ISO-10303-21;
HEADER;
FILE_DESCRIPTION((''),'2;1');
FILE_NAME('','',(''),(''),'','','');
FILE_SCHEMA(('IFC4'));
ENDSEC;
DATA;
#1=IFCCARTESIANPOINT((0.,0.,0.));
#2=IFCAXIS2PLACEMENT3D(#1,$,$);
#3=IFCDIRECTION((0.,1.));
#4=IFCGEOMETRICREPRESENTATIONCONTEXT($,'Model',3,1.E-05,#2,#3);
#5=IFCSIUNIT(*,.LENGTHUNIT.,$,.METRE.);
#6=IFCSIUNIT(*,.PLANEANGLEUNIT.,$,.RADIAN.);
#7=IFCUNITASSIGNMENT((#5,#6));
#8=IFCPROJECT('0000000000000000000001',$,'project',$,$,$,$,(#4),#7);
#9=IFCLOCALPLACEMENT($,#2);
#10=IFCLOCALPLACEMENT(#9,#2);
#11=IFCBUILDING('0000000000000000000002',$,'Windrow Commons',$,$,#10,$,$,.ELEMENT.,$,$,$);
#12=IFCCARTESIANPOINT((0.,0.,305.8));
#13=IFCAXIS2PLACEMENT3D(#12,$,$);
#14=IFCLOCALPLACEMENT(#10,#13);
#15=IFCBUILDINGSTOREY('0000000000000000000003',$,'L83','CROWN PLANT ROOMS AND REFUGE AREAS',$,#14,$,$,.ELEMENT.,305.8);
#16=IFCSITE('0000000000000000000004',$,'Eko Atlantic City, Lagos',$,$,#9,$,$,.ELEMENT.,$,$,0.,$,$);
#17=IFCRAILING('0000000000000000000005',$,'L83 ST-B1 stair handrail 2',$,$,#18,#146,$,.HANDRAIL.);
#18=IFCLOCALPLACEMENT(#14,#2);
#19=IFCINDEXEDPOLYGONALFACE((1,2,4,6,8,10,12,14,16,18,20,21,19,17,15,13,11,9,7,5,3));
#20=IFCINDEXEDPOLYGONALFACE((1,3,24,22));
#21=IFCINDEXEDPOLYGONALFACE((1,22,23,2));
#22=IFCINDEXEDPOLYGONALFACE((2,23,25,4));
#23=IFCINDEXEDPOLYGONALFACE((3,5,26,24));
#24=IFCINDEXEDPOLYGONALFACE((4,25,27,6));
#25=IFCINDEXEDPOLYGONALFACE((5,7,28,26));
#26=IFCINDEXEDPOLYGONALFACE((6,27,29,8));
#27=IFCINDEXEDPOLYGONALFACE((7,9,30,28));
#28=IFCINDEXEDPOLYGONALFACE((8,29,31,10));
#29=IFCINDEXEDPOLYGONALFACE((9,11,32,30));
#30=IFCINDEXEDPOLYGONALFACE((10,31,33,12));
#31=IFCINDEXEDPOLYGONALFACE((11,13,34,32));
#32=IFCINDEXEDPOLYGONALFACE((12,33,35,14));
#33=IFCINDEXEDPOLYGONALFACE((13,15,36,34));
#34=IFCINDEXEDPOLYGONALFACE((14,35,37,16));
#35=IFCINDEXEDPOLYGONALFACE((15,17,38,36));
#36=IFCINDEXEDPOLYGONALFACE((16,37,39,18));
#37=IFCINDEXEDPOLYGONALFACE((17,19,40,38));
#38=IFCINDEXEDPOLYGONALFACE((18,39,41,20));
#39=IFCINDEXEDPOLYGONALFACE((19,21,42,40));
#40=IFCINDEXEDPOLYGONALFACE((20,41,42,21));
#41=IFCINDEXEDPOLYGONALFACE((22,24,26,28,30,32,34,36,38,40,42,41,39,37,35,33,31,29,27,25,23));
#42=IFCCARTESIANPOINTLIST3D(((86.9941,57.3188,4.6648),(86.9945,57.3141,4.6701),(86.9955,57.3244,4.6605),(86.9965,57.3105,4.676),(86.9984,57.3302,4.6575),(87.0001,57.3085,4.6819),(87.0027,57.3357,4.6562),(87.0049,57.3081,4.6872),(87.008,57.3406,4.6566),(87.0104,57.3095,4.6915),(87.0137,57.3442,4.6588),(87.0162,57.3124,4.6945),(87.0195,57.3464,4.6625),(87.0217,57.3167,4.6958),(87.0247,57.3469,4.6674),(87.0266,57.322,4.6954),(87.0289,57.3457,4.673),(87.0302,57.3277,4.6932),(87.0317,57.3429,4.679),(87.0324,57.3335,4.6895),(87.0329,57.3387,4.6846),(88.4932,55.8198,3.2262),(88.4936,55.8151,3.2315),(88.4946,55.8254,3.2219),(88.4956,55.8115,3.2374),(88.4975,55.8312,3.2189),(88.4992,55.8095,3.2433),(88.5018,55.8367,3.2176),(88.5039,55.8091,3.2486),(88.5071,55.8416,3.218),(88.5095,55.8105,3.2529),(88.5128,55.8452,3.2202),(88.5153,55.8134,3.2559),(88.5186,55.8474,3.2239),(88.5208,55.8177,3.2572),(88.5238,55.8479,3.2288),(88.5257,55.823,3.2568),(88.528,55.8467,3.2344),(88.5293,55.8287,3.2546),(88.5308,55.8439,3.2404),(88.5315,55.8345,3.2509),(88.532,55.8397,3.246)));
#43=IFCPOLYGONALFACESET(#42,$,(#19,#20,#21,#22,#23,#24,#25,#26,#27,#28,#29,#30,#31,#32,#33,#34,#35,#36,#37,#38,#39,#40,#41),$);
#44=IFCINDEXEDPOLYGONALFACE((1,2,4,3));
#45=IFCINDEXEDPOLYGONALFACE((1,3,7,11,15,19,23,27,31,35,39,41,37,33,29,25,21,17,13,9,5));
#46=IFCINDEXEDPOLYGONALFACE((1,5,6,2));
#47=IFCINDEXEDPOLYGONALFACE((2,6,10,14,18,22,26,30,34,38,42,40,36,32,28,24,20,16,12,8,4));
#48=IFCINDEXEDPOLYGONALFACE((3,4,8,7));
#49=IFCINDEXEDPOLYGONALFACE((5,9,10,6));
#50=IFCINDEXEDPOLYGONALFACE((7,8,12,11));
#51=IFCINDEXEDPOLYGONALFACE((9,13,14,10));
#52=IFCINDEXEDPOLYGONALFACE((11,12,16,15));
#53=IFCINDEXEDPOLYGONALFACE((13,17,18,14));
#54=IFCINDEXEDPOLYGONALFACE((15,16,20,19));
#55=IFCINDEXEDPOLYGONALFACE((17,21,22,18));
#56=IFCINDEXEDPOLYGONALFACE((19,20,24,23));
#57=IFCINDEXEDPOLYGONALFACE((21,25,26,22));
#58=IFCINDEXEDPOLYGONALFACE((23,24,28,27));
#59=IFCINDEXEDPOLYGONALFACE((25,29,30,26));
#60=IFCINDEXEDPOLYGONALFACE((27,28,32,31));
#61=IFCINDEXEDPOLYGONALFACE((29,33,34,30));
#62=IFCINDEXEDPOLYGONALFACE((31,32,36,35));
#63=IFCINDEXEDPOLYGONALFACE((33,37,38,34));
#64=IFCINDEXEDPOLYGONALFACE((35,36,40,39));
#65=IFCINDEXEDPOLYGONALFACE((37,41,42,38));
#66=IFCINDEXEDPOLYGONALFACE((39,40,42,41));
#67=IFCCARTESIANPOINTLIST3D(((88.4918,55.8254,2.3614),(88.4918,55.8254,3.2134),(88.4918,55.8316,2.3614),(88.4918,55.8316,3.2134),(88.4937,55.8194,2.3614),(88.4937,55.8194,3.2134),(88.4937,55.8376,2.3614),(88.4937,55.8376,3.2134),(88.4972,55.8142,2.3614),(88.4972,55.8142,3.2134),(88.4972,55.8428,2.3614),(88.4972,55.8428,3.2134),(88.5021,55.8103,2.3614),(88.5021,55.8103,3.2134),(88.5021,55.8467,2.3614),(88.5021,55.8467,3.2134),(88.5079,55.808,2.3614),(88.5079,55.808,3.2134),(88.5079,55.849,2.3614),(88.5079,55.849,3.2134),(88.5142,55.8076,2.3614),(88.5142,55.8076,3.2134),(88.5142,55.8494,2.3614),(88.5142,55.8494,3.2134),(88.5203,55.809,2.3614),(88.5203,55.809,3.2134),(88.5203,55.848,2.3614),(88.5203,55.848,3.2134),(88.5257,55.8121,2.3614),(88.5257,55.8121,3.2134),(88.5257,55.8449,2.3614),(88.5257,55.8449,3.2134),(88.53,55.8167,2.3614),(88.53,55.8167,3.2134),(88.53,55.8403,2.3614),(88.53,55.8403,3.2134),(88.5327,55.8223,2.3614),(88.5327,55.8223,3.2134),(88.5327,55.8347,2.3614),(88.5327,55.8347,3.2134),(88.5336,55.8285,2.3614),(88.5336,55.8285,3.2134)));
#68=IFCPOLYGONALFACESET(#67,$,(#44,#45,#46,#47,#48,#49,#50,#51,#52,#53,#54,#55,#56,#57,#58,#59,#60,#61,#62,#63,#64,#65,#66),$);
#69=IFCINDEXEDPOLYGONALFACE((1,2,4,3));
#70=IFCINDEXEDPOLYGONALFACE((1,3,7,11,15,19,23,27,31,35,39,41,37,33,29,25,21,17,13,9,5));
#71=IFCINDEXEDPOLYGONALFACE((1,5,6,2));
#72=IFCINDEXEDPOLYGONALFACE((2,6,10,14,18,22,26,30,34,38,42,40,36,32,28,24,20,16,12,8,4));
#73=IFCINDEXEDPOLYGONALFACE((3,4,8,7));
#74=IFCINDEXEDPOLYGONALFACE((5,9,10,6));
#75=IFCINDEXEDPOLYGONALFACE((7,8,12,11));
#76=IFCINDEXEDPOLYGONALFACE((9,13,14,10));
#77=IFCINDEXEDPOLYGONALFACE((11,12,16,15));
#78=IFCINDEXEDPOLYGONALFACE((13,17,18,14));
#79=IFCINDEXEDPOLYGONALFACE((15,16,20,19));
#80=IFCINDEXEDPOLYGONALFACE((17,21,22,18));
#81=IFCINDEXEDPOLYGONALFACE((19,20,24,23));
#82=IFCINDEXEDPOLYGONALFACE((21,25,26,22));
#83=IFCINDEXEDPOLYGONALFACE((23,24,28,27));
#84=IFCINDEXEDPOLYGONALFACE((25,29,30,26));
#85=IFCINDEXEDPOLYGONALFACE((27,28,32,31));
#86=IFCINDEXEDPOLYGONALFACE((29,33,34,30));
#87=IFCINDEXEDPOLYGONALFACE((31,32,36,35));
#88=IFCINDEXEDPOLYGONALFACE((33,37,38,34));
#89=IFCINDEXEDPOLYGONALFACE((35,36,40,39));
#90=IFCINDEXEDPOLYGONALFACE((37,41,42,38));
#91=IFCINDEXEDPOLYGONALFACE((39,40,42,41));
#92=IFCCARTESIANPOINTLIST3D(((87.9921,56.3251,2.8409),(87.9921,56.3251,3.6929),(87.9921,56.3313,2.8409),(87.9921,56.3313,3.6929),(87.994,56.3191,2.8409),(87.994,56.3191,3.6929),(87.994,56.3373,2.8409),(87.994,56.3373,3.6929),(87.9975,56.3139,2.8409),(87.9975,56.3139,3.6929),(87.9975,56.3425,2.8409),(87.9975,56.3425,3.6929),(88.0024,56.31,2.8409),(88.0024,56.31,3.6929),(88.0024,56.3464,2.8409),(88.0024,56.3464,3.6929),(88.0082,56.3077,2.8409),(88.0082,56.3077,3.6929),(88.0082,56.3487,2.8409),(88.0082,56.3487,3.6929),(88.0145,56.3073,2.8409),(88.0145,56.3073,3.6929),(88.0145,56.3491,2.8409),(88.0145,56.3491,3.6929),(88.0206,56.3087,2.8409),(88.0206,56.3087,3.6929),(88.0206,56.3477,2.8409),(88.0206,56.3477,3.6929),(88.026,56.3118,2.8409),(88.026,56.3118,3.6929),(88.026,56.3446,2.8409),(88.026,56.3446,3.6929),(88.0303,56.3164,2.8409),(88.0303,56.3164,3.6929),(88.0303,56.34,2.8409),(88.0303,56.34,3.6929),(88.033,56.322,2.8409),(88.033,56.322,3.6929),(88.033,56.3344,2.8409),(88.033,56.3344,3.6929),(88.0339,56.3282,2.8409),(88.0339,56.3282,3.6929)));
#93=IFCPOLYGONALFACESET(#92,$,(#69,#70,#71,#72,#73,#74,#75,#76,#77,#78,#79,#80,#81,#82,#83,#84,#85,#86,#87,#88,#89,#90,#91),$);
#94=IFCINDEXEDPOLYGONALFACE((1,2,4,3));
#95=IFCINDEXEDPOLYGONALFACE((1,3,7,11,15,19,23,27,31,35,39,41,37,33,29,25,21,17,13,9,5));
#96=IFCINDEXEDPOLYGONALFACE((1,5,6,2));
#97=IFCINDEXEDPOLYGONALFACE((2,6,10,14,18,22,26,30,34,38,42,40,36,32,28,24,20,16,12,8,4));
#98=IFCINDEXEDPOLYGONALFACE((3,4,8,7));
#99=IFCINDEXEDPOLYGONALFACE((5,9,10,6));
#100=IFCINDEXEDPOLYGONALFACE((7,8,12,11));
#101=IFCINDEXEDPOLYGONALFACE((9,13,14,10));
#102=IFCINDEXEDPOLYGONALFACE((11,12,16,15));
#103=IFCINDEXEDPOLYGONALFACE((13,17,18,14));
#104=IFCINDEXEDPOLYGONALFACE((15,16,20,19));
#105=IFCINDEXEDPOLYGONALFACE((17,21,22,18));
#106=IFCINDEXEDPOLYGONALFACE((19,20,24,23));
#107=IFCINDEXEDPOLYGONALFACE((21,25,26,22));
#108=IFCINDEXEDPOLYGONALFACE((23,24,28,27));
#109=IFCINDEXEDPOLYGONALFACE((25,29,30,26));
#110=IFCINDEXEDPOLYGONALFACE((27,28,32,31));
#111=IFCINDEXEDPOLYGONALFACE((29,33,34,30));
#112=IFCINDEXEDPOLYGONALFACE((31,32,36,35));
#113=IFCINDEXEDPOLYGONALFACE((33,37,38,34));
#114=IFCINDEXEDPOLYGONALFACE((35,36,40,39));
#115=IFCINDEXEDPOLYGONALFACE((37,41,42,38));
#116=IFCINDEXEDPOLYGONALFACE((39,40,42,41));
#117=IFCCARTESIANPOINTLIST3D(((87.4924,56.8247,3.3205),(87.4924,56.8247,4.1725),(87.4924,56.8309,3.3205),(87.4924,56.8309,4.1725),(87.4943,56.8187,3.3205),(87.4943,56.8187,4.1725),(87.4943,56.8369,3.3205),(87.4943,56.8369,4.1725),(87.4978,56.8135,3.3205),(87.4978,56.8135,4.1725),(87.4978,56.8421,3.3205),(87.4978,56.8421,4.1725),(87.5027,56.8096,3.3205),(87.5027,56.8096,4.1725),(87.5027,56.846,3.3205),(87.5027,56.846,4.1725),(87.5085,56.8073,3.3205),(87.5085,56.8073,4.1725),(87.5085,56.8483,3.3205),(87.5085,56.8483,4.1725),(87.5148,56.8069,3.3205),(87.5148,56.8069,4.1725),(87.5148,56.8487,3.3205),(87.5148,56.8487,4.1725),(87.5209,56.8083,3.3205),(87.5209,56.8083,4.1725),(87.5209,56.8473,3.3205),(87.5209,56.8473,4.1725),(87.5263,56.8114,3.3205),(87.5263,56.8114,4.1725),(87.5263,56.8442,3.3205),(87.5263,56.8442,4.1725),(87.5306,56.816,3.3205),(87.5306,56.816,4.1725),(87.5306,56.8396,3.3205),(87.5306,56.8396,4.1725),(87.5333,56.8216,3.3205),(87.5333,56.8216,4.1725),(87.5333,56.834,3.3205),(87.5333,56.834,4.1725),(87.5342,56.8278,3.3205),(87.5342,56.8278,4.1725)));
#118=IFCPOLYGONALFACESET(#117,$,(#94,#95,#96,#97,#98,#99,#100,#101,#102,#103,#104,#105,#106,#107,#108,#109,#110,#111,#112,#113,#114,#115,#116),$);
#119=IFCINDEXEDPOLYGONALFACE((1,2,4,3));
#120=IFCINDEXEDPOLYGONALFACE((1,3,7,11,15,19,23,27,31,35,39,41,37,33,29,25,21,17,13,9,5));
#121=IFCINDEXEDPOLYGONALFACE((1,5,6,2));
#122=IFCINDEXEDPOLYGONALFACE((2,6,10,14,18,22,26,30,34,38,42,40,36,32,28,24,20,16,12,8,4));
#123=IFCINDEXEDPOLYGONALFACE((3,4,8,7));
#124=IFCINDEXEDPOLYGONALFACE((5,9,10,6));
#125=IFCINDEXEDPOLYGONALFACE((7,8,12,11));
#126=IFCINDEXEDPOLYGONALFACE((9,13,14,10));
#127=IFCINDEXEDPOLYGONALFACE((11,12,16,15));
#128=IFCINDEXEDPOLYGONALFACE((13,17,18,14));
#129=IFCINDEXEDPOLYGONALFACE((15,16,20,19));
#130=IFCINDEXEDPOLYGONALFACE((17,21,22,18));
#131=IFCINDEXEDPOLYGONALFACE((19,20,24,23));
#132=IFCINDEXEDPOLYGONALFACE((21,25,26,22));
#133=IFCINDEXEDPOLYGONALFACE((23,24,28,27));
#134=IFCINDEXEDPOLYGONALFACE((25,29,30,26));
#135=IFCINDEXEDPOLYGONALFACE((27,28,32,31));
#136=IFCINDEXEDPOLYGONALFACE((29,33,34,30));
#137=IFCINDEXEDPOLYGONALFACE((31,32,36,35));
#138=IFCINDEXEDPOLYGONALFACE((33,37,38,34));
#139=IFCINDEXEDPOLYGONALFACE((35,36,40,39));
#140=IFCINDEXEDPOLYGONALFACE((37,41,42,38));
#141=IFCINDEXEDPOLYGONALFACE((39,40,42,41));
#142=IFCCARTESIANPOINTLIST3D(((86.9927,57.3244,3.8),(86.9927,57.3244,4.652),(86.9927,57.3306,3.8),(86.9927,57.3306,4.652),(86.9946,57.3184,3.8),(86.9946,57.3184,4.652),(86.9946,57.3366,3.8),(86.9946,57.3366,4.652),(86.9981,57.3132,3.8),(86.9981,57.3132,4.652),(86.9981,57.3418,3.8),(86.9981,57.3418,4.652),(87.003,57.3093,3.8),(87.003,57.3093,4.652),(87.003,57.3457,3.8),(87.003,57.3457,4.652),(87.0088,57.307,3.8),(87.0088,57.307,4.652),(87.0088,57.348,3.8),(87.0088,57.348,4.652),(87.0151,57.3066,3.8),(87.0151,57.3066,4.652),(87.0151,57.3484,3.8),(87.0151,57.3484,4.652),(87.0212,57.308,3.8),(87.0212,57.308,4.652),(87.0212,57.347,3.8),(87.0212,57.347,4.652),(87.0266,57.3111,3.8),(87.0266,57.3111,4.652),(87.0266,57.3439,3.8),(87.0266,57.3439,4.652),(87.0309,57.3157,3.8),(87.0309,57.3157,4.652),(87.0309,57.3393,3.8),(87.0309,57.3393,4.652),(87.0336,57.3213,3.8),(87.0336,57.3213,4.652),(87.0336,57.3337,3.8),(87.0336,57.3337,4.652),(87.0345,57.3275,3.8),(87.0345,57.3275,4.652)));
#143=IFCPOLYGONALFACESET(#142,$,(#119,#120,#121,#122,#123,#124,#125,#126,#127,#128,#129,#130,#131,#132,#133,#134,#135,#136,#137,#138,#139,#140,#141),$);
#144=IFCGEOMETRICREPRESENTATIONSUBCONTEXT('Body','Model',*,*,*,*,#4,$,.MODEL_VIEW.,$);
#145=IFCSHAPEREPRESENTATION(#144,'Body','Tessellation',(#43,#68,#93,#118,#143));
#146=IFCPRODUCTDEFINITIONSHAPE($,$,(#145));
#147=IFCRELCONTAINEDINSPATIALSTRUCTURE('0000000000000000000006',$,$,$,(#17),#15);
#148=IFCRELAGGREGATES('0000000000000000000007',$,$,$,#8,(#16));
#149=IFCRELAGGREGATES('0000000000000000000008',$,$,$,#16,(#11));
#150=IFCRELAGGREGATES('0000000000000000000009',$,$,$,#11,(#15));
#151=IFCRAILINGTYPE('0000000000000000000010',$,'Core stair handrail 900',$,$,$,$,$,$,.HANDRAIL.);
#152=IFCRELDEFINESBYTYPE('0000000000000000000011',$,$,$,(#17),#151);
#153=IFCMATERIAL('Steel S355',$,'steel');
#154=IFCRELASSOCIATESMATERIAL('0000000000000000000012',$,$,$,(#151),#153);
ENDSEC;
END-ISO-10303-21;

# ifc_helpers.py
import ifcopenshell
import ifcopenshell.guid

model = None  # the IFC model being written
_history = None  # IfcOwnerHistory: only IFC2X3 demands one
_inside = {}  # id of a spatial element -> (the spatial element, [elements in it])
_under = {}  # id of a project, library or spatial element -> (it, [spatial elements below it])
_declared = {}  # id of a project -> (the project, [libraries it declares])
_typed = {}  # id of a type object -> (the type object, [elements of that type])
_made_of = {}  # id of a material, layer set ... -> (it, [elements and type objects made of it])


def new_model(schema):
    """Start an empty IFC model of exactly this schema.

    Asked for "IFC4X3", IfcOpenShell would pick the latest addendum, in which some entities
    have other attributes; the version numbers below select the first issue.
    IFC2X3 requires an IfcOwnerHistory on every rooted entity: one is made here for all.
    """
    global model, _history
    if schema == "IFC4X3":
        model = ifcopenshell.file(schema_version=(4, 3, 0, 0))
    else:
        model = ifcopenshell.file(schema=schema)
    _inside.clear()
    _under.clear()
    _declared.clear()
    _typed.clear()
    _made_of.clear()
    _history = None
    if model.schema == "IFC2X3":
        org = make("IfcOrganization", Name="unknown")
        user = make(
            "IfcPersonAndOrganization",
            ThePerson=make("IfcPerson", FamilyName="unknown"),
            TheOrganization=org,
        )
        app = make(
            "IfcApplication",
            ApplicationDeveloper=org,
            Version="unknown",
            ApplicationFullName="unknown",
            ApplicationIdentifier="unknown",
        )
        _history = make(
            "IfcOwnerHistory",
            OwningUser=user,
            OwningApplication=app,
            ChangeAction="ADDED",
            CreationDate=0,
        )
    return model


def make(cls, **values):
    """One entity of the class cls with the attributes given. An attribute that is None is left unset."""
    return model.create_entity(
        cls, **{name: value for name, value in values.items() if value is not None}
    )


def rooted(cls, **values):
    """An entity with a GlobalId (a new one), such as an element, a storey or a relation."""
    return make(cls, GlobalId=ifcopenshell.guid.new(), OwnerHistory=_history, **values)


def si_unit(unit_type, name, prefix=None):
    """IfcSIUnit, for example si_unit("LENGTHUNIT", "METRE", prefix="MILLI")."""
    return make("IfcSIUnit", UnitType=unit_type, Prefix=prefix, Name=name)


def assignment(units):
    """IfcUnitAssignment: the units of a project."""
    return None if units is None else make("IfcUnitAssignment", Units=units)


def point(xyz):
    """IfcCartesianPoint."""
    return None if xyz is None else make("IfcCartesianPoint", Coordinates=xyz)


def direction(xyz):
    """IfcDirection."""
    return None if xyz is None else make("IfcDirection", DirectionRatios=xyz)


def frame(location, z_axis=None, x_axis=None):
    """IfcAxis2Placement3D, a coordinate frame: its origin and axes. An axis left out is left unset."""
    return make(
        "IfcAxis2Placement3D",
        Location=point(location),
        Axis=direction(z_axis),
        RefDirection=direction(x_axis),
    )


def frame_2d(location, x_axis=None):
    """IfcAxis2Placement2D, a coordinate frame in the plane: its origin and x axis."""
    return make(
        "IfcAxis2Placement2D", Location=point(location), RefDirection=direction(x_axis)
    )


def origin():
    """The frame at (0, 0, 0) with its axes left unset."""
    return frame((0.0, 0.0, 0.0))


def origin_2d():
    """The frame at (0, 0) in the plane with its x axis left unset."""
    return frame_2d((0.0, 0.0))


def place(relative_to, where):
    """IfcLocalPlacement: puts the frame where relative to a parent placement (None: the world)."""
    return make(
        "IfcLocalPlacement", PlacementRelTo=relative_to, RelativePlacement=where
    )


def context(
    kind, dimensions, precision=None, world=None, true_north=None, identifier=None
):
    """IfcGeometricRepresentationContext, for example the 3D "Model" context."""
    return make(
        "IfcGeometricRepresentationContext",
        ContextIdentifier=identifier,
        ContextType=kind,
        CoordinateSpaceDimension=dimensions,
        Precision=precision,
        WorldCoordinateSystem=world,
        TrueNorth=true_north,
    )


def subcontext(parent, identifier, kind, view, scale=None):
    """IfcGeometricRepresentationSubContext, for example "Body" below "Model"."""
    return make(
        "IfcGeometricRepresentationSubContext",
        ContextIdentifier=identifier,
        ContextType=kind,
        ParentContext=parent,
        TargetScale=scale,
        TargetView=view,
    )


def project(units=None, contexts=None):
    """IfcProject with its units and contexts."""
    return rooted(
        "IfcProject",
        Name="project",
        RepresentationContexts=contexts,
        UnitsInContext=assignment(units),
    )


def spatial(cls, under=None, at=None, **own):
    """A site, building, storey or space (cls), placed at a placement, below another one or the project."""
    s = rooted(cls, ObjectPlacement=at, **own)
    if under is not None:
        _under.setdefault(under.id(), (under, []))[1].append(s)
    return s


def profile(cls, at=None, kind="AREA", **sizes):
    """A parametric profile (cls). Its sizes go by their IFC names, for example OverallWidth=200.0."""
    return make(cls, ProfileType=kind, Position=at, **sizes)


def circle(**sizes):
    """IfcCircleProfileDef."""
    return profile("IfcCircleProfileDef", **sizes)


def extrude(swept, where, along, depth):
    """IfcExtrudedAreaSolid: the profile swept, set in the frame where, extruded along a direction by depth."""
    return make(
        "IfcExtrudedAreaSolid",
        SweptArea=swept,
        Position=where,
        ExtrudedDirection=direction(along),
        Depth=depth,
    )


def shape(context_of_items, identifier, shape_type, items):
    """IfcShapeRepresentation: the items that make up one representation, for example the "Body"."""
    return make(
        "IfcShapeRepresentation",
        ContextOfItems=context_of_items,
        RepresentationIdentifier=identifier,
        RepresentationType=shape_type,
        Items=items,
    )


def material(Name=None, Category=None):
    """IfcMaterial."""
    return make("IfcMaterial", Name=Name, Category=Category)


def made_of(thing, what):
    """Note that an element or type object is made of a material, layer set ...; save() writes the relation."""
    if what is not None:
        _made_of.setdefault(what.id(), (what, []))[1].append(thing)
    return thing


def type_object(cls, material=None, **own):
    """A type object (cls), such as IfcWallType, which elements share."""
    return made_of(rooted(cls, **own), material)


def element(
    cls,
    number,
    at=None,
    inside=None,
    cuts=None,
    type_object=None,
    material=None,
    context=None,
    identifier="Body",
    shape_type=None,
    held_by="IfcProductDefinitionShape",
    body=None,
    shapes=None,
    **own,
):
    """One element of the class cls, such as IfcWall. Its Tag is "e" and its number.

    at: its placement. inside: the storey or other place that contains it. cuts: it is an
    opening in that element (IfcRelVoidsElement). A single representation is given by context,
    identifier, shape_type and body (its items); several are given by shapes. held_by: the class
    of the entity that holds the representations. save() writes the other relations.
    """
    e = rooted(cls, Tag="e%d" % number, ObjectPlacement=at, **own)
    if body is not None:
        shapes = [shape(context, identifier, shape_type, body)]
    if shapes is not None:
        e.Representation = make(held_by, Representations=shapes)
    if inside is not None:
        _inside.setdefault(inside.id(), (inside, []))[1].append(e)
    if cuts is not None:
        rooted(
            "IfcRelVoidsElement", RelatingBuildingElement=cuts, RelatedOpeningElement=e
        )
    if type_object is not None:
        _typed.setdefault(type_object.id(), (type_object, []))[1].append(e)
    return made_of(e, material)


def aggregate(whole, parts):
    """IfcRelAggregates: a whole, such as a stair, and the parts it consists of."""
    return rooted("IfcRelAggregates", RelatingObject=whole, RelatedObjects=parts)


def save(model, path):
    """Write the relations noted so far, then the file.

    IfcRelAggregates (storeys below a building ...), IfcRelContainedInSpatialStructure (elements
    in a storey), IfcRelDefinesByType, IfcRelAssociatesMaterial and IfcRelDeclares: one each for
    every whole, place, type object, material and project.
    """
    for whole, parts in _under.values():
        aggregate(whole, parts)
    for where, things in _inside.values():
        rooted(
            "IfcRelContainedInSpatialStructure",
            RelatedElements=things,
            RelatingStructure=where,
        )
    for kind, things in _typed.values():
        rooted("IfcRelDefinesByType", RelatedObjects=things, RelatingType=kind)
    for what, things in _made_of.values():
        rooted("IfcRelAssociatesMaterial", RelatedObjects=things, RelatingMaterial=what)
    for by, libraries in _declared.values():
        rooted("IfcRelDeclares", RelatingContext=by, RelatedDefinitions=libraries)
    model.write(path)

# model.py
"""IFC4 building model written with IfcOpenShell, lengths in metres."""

from ifc_helpers import new_model, si_unit, direction, frame, origin, origin_2d, place, context, subcontext, project, spatial, circle, extrude, material, type_object, element, save


model = new_model("IFC4")

# Units and contexts
model_context = context("Model", 3, precision=1e-05, world=origin(), true_north=direction((0.0, 1.0)))
body_context = subcontext(model_context, "Body", "Model", "MODEL_VIEW")
ifc_project = project(units=[si_unit("LENGTHUNIT", "METRE"), si_unit("PLANEANGLEUNIT", "RADIAN")], contexts=[model_context])

# Site, building, storey
site_placement = place(None, origin())
site = spatial("IfcSite", under=ifc_project, at=site_placement, Name="Eko Atlantic City, Lagos", CompositionType="ELEMENT", RefElevation=0.0)
building_placement = place(site_placement, origin())
building = spatial("IfcBuilding", under=site, at=building_placement, Name="Windrow Commons", CompositionType="ELEMENT")
storey_placement = place(building_placement, frame((0.0, 0.0, 305.8)))
storey = spatial("IfcBuildingStorey", under=building, at=storey_placement, Name="L83", Description="CROWN PLANT ROOMS AND REFUGE AREAS", CompositionType="ELEMENT", Elevation=305.8)

# Railing
ifc_material_1 = material(Name="Steel S355", Category="steel")
railing_type_1 = type_object("IfcRailingType", Name="Core stair handrail 900", PredefinedType="HANDRAIL", material=ifc_material_1)
railing_1_placement = place(storey_placement, frame((88.5126, 55.8285, 2.3614)))
element("IfcRailing", 1, at=railing_1_placement, inside=storey, type_object=railing_type_1, Name="L83 ST-B1 stair handrail 2", PredefinedType="HANDRAIL", context=body_context, shape_type="SweptSolid", body=[
    extrude(circle(Radius=0.024, at=origin_2d()), frame((0.0, 0.0, 0.876), z_axis=(-0.585128, 0.585089, 0.561513), x_axis=(-0.707083, -0.70713, 0.0)), (0.0, 0.0, 1.0), 2.562),
    extrude(circle(Radius=0.021, at=origin_2d()), origin(), (0.0, 0.0, 1.0), 0.852),
    extrude(circle(Radius=0.021, at=origin_2d()), frame((-0.4997, 0.4997, 0.4795)), (0.0, 0.0, 1.0), 0.852),
    extrude(circle(Radius=0.021, at=origin_2d()), frame((-0.9994, 0.9993, 0.9591)), (0.0, 0.0, 1.0), 0.852),
    extrude(circle(Radius=0.021, at=origin_2d()), frame((-1.4991, 1.499, 1.4386)), (0.0, 0.0, 1.0), 0.852),
])

save(model, "model.ifc")
